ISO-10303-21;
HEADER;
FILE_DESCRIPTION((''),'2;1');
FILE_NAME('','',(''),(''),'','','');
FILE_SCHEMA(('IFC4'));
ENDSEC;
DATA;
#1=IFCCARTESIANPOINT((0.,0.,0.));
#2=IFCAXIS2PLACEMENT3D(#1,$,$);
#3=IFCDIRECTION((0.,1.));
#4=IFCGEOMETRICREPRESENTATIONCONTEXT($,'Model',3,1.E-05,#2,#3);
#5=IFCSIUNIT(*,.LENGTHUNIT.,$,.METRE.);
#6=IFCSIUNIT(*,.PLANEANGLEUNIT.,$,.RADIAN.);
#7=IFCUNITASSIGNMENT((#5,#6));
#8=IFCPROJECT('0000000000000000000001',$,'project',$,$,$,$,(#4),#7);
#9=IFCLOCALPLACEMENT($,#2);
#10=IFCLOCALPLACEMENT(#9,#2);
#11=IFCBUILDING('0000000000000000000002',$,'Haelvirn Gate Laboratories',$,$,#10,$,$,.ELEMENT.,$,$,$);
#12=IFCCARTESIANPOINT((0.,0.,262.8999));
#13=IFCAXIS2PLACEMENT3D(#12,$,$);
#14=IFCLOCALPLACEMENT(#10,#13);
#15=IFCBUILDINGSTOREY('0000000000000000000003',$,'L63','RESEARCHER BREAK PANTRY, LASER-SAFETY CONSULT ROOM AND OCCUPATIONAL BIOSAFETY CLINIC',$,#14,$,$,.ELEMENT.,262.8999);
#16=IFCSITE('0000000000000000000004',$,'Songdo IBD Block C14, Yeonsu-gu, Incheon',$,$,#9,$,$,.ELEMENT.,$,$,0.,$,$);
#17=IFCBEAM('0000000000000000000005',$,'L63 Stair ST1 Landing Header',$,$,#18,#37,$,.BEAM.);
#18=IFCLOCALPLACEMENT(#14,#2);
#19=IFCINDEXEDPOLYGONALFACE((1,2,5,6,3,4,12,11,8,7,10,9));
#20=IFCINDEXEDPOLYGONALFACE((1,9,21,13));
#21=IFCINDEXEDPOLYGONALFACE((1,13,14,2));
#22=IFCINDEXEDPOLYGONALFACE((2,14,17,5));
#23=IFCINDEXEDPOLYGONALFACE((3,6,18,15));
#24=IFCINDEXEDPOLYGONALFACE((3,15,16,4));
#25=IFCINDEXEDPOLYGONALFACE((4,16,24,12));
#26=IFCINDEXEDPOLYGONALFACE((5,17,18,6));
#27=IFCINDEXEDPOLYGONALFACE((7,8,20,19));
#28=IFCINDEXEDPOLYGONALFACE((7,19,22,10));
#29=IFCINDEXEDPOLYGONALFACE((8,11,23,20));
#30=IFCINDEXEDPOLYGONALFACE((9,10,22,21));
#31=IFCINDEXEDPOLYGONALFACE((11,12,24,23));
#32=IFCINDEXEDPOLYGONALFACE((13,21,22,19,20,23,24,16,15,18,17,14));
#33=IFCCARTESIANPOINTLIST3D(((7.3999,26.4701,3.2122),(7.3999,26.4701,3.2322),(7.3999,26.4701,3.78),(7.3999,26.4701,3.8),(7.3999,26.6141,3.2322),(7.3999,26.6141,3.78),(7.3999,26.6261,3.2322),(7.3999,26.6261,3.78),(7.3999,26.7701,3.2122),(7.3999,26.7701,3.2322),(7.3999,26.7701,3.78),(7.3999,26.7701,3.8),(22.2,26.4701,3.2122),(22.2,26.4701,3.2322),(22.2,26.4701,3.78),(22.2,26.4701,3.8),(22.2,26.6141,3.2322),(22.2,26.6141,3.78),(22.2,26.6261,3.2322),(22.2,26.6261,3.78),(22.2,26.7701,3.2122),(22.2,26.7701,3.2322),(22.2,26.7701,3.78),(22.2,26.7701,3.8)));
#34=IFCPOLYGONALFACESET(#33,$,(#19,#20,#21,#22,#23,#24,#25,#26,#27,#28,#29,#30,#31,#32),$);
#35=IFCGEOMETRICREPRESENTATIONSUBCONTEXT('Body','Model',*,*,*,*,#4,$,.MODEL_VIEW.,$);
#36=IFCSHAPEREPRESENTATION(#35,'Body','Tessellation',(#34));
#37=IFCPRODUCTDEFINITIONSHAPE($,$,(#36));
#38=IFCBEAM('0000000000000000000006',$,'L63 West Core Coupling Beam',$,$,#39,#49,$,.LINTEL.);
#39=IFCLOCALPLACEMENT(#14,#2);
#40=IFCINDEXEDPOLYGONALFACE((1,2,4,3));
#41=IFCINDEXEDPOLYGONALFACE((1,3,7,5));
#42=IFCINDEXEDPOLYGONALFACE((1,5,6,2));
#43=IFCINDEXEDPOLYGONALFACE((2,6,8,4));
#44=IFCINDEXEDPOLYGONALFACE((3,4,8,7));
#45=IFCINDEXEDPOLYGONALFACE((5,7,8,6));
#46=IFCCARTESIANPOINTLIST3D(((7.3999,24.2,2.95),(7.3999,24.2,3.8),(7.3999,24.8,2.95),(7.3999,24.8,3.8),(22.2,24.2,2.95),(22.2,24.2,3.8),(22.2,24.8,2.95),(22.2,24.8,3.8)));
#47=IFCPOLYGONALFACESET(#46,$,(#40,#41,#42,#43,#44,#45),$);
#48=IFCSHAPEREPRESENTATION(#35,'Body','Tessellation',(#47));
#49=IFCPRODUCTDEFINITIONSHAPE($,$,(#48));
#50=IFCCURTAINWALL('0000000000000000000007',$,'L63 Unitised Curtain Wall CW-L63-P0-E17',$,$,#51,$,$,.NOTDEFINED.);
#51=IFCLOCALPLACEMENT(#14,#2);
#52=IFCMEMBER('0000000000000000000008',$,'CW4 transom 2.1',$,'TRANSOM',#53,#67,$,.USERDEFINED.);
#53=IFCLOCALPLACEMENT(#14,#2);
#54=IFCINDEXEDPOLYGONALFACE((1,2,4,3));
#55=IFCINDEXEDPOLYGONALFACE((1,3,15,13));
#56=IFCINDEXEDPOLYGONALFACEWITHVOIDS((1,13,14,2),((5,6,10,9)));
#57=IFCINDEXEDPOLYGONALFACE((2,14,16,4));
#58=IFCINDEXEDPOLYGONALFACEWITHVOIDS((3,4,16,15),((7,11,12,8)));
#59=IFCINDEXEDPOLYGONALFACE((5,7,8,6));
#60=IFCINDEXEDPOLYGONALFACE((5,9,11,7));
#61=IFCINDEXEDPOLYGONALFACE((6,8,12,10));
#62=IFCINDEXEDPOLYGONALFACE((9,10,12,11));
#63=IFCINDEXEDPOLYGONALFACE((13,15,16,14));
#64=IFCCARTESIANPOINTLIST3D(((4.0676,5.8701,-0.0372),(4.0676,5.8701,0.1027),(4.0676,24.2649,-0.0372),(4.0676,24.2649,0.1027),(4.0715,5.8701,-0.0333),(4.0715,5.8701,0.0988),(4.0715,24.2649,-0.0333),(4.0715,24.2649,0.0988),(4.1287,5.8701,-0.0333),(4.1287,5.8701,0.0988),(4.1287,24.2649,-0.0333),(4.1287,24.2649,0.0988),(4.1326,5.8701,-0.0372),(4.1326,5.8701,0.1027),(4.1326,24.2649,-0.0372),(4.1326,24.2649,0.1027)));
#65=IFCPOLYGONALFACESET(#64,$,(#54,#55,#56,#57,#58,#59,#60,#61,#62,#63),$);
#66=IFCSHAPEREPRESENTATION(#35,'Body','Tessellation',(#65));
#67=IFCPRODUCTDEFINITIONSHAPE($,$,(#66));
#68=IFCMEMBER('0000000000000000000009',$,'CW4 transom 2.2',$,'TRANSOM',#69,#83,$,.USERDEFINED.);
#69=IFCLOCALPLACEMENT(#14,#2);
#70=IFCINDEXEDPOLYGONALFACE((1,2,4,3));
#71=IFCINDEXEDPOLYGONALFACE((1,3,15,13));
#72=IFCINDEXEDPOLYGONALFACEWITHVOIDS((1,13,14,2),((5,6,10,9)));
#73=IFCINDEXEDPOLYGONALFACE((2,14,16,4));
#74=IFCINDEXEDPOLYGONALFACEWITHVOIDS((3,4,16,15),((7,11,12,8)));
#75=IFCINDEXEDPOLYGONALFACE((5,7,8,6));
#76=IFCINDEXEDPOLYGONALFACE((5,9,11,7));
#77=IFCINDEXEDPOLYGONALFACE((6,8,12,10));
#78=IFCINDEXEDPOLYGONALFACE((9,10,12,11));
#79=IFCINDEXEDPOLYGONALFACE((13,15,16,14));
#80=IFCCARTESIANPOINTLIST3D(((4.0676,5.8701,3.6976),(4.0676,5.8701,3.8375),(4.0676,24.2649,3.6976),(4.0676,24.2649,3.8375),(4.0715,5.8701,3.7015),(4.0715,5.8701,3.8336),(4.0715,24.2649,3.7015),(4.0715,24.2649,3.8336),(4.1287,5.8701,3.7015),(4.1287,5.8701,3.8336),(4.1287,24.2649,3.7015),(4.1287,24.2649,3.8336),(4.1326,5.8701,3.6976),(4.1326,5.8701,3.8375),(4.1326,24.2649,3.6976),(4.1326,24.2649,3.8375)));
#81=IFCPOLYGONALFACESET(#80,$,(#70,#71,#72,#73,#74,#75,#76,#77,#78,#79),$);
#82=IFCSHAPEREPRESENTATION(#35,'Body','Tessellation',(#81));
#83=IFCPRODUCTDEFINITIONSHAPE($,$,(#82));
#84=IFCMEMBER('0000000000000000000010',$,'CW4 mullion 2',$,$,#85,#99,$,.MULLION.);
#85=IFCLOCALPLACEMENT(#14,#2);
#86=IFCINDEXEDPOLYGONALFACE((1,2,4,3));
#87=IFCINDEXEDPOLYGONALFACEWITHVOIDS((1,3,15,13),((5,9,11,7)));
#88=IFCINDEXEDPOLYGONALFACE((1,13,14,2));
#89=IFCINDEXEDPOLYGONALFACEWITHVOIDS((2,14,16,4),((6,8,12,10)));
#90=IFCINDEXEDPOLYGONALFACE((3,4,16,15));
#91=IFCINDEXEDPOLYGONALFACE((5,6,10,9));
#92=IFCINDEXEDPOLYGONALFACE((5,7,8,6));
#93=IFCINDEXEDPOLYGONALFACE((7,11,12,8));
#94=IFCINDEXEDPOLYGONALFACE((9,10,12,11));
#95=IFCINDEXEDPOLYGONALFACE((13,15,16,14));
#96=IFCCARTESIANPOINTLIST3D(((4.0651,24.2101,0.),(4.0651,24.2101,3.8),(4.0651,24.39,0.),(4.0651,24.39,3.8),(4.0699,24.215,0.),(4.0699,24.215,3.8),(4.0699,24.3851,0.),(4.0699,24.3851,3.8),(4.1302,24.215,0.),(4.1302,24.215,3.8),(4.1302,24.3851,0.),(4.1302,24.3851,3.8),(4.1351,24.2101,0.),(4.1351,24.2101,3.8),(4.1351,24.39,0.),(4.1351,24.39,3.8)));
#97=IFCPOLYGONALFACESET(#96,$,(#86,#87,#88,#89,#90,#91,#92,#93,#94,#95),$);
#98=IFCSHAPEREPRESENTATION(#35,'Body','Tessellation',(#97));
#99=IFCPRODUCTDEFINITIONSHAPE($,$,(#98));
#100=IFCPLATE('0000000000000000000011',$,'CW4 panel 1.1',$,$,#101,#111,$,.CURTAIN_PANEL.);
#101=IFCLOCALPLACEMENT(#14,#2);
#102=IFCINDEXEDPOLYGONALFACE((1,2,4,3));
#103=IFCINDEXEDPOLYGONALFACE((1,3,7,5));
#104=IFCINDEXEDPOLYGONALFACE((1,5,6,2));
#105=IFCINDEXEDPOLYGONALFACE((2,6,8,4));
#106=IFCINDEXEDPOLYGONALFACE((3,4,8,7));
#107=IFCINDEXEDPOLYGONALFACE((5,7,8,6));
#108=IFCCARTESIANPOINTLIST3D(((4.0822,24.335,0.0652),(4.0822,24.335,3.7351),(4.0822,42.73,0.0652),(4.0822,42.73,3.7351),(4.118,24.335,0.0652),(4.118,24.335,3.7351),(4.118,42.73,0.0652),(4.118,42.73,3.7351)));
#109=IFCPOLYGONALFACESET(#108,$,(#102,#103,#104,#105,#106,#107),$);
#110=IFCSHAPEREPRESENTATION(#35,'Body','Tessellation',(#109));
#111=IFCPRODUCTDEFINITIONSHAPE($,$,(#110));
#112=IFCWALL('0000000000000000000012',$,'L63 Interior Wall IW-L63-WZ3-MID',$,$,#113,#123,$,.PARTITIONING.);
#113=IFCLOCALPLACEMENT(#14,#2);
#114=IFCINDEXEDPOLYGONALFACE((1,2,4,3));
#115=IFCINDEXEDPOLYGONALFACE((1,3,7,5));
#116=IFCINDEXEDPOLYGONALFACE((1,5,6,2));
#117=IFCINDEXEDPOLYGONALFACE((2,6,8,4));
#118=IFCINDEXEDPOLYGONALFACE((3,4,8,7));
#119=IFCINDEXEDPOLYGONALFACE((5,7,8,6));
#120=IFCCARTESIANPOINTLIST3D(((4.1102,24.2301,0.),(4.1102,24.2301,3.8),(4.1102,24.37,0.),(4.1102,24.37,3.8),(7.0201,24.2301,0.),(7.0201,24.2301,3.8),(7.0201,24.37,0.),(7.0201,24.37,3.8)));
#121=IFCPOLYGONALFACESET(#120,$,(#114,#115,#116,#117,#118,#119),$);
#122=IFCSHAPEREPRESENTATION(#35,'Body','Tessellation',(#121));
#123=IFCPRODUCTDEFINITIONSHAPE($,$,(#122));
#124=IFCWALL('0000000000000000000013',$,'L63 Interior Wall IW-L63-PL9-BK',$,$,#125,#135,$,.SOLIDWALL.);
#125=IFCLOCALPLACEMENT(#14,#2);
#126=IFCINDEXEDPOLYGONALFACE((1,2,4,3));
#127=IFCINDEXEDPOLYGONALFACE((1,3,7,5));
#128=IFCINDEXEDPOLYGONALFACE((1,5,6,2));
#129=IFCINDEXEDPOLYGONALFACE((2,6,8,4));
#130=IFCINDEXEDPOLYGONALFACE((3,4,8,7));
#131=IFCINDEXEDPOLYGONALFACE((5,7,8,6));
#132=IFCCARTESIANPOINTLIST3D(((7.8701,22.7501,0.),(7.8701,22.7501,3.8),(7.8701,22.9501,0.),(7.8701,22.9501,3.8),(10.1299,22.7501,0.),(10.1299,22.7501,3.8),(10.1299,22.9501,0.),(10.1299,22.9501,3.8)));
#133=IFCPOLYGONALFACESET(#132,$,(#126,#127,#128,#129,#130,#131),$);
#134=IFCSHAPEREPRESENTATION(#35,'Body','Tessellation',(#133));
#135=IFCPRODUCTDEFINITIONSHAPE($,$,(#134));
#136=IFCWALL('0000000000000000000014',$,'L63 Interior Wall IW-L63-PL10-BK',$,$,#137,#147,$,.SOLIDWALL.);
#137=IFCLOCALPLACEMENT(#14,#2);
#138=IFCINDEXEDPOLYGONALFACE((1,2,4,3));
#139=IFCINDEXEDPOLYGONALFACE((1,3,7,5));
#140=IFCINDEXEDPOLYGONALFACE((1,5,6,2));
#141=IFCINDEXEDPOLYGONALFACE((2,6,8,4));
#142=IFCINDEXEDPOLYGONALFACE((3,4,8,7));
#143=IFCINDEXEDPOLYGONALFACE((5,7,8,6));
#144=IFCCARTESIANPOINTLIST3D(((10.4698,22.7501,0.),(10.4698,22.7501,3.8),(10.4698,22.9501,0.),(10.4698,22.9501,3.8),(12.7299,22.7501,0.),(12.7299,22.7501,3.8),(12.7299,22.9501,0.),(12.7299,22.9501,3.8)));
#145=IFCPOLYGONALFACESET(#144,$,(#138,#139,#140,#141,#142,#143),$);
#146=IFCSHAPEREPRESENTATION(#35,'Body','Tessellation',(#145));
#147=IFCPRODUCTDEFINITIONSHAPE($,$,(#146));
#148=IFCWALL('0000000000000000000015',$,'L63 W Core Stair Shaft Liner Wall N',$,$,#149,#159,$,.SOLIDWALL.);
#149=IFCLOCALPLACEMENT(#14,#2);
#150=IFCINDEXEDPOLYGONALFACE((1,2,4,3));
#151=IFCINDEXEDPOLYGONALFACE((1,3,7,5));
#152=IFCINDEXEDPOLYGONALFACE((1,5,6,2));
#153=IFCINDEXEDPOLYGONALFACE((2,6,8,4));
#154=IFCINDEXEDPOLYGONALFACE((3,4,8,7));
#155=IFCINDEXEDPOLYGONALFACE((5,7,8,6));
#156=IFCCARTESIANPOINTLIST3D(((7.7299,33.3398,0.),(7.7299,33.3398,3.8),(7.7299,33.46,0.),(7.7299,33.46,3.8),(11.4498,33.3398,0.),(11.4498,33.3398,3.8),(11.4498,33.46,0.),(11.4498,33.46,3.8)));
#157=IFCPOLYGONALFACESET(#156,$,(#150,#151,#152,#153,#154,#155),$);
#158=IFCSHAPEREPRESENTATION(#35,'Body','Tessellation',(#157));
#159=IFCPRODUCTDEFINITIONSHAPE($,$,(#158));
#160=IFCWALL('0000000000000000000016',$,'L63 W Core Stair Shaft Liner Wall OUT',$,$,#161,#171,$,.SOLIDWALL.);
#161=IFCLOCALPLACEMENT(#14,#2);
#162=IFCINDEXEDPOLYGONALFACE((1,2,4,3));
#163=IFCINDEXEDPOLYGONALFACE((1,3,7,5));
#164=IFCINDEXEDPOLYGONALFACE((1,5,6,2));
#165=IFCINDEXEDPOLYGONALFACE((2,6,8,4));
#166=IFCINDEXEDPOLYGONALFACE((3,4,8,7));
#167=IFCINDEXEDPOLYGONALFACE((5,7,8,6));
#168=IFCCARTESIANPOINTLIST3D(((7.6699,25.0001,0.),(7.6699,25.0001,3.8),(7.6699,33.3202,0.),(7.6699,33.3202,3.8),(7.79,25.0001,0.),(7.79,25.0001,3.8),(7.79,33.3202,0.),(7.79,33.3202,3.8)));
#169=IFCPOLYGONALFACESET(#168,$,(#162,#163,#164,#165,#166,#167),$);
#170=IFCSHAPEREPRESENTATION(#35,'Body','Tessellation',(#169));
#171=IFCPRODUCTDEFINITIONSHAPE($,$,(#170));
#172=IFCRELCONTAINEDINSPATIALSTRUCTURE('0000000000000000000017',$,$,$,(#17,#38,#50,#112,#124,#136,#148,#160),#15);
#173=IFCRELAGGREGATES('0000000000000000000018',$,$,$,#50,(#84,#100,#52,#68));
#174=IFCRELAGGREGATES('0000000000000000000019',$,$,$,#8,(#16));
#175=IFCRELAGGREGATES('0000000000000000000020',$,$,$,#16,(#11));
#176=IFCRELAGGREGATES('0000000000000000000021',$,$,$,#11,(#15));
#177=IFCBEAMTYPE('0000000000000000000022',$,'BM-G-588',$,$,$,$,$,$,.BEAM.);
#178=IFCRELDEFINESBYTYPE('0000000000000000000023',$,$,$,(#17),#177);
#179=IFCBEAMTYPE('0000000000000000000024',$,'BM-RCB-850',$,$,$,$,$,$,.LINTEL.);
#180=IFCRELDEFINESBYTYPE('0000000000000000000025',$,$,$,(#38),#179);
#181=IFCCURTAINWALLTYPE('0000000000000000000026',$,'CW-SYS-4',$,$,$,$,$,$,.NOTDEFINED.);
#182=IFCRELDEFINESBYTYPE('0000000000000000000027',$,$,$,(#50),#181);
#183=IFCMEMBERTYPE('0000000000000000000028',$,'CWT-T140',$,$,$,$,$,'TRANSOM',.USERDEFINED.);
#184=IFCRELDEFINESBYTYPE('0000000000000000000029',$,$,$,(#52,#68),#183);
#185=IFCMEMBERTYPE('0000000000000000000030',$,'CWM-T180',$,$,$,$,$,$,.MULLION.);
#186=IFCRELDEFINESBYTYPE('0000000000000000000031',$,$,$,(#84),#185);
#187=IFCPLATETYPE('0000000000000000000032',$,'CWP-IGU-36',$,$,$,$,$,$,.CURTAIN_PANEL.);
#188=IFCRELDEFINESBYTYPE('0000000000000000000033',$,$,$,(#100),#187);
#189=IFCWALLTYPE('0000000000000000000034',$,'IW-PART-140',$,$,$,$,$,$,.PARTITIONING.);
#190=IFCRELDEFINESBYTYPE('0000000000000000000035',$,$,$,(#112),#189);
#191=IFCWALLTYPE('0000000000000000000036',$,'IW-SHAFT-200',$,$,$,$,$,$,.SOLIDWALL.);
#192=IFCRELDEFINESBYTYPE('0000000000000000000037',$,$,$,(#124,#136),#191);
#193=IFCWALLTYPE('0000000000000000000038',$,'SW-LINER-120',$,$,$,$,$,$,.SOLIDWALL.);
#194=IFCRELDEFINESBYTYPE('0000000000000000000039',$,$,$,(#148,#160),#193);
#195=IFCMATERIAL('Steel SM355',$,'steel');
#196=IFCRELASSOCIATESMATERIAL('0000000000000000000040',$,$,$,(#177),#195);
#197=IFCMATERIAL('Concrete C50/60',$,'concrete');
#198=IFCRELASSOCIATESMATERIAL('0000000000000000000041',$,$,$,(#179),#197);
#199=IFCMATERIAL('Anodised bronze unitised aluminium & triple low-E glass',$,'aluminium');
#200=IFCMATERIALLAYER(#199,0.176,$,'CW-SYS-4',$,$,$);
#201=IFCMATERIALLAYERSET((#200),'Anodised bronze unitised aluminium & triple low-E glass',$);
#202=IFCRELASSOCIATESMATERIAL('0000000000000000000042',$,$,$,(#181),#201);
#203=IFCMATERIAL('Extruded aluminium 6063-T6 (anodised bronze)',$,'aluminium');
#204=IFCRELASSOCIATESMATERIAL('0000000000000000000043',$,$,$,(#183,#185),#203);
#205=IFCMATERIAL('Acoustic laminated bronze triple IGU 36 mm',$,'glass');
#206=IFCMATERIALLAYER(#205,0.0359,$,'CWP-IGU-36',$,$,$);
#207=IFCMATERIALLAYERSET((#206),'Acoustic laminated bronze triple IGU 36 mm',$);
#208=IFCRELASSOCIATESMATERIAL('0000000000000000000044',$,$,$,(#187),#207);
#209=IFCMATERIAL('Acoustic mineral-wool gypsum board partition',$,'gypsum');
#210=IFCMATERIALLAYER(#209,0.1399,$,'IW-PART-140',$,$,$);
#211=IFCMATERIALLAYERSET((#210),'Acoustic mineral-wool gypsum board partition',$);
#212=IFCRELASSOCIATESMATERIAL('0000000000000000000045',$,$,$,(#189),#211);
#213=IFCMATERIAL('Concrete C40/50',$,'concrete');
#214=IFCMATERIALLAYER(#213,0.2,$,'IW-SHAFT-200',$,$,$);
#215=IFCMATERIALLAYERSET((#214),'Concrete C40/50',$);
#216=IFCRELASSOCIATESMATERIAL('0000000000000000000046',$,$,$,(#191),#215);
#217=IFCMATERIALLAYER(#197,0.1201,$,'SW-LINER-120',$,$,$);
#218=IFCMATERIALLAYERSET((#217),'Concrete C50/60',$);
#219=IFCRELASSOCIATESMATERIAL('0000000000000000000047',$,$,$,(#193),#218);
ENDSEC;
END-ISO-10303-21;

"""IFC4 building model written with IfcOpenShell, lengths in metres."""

from ifc_helpers import new_model, si_unit, direction, frame, frame_2d, origin, origin_2d, place, context, subcontext, project, spatial, rectangle, hollow_rectangle, i_section, extrude, source, transform, mapped, material, layer, layer_set, material_profile, profile_set, type_object, type_shapes, element, aggregate, save


model = new_model("IFC4")

# Units and contexts
model_context = context("Model", 3, precision=1e-05, world=origin(), true_north=direction((0.0, 1.0)))
body_context = subcontext(model_context, "Body", "Model", "MODEL_VIEW")
ifc_project = project(units=[si_unit("LENGTHUNIT", "METRE"), si_unit("PLANEANGLEUNIT", "RADIAN")], contexts=[model_context])

# Site, building, storey
site_placement = place(None, origin())
site = spatial("IfcSite", under=ifc_project, at=site_placement, Name="Songdo IBD Block C14, Yeonsu-gu, Incheon", CompositionType="ELEMENT", RefElevation=0.0)
building_placement = place(site_placement, origin())
building = spatial("IfcBuilding", under=site, at=building_placement, Name="Haelvirn Gate Laboratories", CompositionType="ELEMENT")
storey_placement = place(building_placement, frame((0.0, 0.0, 262.8999)))
storey = spatial("IfcBuildingStorey", under=building, at=storey_placement, Name="L63", Description="RESEARCHER BREAK PANTRY, LASER-SAFETY CONSULT ROOM AND OCCUPATIONAL BIOSAFETY CLINIC", CompositionType="ELEMENT", Elevation=262.8999)

# Beams
ifc_material_1 = material(Name="Steel SM355", Category="steel")
ifc_material_profile_1 = material_profile(ifc_material_1, i_section(OverallWidth=0.3, OverallDepth=0.5879, WebThickness=0.012, FlangeThickness=0.02, at=origin_2d()), Name="H-588x300x12x20")
ifc_profile_set_1 = profile_set([ifc_material_profile_1], Name="Steel SM355")
beam_type_1 = type_object("IfcBeamType", Name="BM-G-588", PredefinedType="BEAM", material=ifc_profile_set_1)
shared_shape_1 = source(origin(), body_context, "Body", "SweptSolid", [
    extrude(i_section(OverallWidth=0.3, OverallDepth=0.5879, WebThickness=0.012, FlangeThickness=0.02, at=origin_2d()), origin(), (0.0, 0.0, 1.0), 14.8),
])
type_shapes(beam_type_1, [shared_shape_1])
beam_1_placement = place(storey_placement, frame((7.3999, 26.6201, 3.5061), z_axis=(1.0, 0.0, 0.0), x_axis=(0.0, 1.0, 0.0)))
element("IfcBeam", 1, at=beam_1_placement, inside=storey, type_object=beam_type_1, Name="L63 Stair ST1 Landing Header", PredefinedType="BEAM", context=body_context, shape_type="MappedRepresentation", body=[
    mapped(shared_shape_1, transform((0.0, 0.0, 0.0), scale=1.0)),
])
ifc_material_2 = material(Name="Concrete C50/60", Category="concrete")
ifc_material_profile_2 = material_profile(ifc_material_2, rectangle(XDim=0.6001, YDim=0.8501, at=origin_2d()), Name="RCB-600x850")
ifc_profile_set_2 = profile_set([ifc_material_profile_2], Name="Concrete C50/60")
beam_type_2 = type_object("IfcBeamType", Name="BM-RCB-850", PredefinedType="LINTEL", material=ifc_profile_set_2)
shared_shape_2 = source(origin(), body_context, "Body", "SweptSolid", [
    extrude(rectangle(XDim=0.6001, YDim=0.8501, at=origin_2d()), origin(), (0.0, 0.0, 1.0), 14.8),
])
type_shapes(beam_type_2, [shared_shape_2])
beam_2_placement = place(storey_placement, frame((7.3999, 24.5, 3.375), z_axis=(1.0, 0.0, 0.0), x_axis=(0.0, 1.0, 0.0)))
element("IfcBeam", 2, at=beam_2_placement, inside=storey, type_object=beam_type_2, Name="L63 West Core Coupling Beam", PredefinedType="LINTEL", context=body_context, shape_type="MappedRepresentation", body=[
    mapped(shared_shape_2, transform((0.0, 0.0, 0.0), scale=1.0)),
])

# Curtain wall, members, plate
ifc_material_3 = material(Name="Anodised bronze unitised aluminium & triple low-E glass", Category="aluminium")
ifc_layer_1 = layer(ifc_material_3, 0.176, Name="CW-SYS-4")
ifc_layer_set_1 = layer_set([ifc_layer_1], Name="Anodised bronze unitised aluminium & triple low-E glass")
curtain_wall_type = type_object("IfcCurtainWallType", Name="CW-SYS-4", PredefinedType="NOTDEFINED", material=ifc_layer_set_1)
curtain_wall_placement = place(storey_placement, origin())
curtain_wall = element("IfcCurtainWall", 3, at=curtain_wall_placement, inside=storey, type_object=curtain_wall_type, Name="L63 Unitised Curtain Wall CW-L63-P0-E17", PredefinedType="NOTDEFINED")
ifc_material_4 = material(Name="Extruded aluminium 6063-T6 (anodised bronze)", Category="aluminium")
ifc_material_profile_3 = material_profile(ifc_material_4, hollow_rectangle(XDim=0.0649, YDim=0.1399, WallThickness=0.0039, at=origin_2d()), Name="CWT-140x65x4")
ifc_profile_set_3 = profile_set([ifc_material_profile_3], Name="Extruded aluminium 6063-T6 (anodised bronze)")
member_type_1 = type_object("IfcMemberType", Name="CWT-T140", ElementType="TRANSOM", PredefinedType="USERDEFINED", material=ifc_profile_set_3)
shared_shape_3 = source(origin(), body_context, "Body", "SweptSolid", [
    extrude(hollow_rectangle(XDim=0.0649, YDim=0.1399, WallThickness=0.0039, at=origin_2d()), origin(), (0.0, 0.0, 1.0), 18.3948),
])
type_shapes(member_type_1, [shared_shape_3])
member_1_placement = place(storey_placement, frame((4.1001, 24.2649, 0.0327), z_axis=(0.0, -1.0, 0.0), x_axis=(1.0, 0.0, 0.0)))
member_1 = element("IfcMember", 4, at=member_1_placement, type_object=member_type_1, Name="CW4 transom 2.1", ObjectType="TRANSOM", PredefinedType="USERDEFINED", context=body_context, shape_type="MappedRepresentation", body=[
    mapped(shared_shape_3, transform((0.0, 0.0, 0.0), scale=1.0)),
])
member_2_placement = place(storey_placement, frame((4.1001, 24.2649, 3.7676), z_axis=(0.0, -1.0, 0.0), x_axis=(1.0, 0.0, 0.0)))
member_2 = element("IfcMember", 5, at=member_2_placement, type_object=member_type_1, Name="CW4 transom 2.2", ObjectType="TRANSOM", PredefinedType="USERDEFINED", context=body_context, shape_type="MappedRepresentation", body=[
    mapped(shared_shape_3, transform((0.0, 0.0, 0.0), scale=1.0)),
])
ifc_material_profile_4 = material_profile(ifc_material_4, hollow_rectangle(XDim=0.0701, YDim=0.1799, WallThickness=0.0049, at=origin_2d()), Name="CWM-180x70x5")
ifc_profile_set_4 = profile_set([ifc_material_profile_4], Name="Extruded aluminium 6063-T6 (anodised bronze)")
member_type_2 = type_object("IfcMemberType", Name="CWM-T180", PredefinedType="MULLION", material=ifc_profile_set_4)
shared_shape_4 = source(origin(), body_context, "Body", "SweptSolid", [
    extrude(hollow_rectangle(XDim=0.0701, YDim=0.1799, WallThickness=0.0049, at=origin_2d()), origin(), (0.0, 0.0, 1.0), 3.8),
])
type_shapes(member_type_2, [shared_shape_4])
member_3_placement = place(storey_placement, frame((4.1001, 24.3, 0.0), z_axis=(0.0, 0.0, 1.0), x_axis=(1.0, 0.0, 0.0)))
member_3 = element("IfcMember", 6, at=member_3_placement, type_object=member_type_2, Name="CW4 mullion 2", PredefinedType="MULLION", context=body_context, shape_type="MappedRepresentation", body=[
    mapped(shared_shape_4, transform((0.0, 0.0, 0.0), scale=1.0)),
])
ifc_material_5 = material(Name="Acoustic laminated bronze triple IGU 36 mm", Category="glass")
ifc_layer_2 = layer(ifc_material_5, 0.0359, Name="CWP-IGU-36")
ifc_layer_set_2 = layer_set([ifc_layer_2], Name="Acoustic laminated bronze triple IGU 36 mm")
plate_type = type_object("IfcPlateType", Name="CWP-IGU-36", PredefinedType="CURTAIN_PANEL", material=ifc_layer_set_2)
shared_shape_5 = source(origin(), body_context, "Body", "SweptSolid", [
    extrude(rectangle(XDim=18.395, YDim=0.0359, at=origin_2d()), origin(), (0.0, 0.0, 1.0), 3.6699),
])
type_shapes(plate_type, [shared_shape_5])
plate_placement = place(storey_placement, frame((4.1001, 33.5325, 0.0652), z_axis=(0.0, 0.0, 1.0), x_axis=(0.0, -1.0, 0.0)))
plate = element("IfcPlate", 7, at=plate_placement, type_object=plate_type, Name="CW4 panel 1.1", PredefinedType="CURTAIN_PANEL", context=body_context, shape_type="MappedRepresentation", body=[
    mapped(shared_shape_5, transform((0.0, 0.0, 0.0), scale=1.0)),
])
aggregate(curtain_wall, [member_3, plate, member_1, member_2])

# Walls
ifc_material_6 = material(Name="Acoustic mineral-wool gypsum board partition", Category="gypsum")
ifc_layer_3 = layer(ifc_material_6, 0.1399, Name="IW-PART-140")
ifc_layer_set_3 = layer_set([ifc_layer_3], Name="Acoustic mineral-wool gypsum board partition")
wall_type_1 = type_object("IfcWallType", Name="IW-PART-140", PredefinedType="PARTITIONING", material=ifc_layer_set_3)
wall_1_placement = place(storey_placement, frame((4.1101, 24.3, 0.0), z_axis=(0.0, 0.0, 1.0), x_axis=(1.0, 0.0, 0.0)))
element("IfcWall", 8, at=wall_1_placement, inside=storey, type_object=wall_type_1, Name="L63 Interior Wall IW-L63-WZ3-MID", PredefinedType="PARTITIONING", context=body_context, shape_type="SweptSolid", body=[
    extrude(rectangle(XDim=2.9099, YDim=0.1399, at=frame_2d((1.4551, 0.0))), origin(), (0.0, 0.0, 1.0), 3.8),
])
ifc_material_7 = material(Name="Concrete C40/50", Category="concrete")
ifc_layer_4 = layer(ifc_material_7, 0.2, Name="IW-SHAFT-200")
ifc_layer_set_4 = layer_set([ifc_layer_4], Name="Concrete C40/50")
wall_type_2 = type_object("IfcWallType", Name="IW-SHAFT-200", PredefinedType="SOLIDWALL", material=ifc_layer_set_4)
wall_2_placement = place(storey_placement, frame((7.8701, 22.8501, 0.0), z_axis=(0.0, 0.0, 1.0), x_axis=(1.0, 0.0, 0.0)))
element("IfcWall", 9, at=wall_2_placement, inside=storey, type_object=wall_type_2, Name="L63 Interior Wall IW-L63-PL9-BK", PredefinedType="SOLIDWALL", context=body_context, shape_type="SweptSolid", body=[
    extrude(rectangle(XDim=2.2598, YDim=0.2, at=frame_2d((1.1299, 0.0))), origin(), (0.0, 0.0, 1.0), 3.8),
])
wall_3_placement = place(storey_placement, frame((10.47, 22.8501, 0.0), z_axis=(0.0, 0.0, 1.0), x_axis=(1.0, 0.0, 0.0)))
element("IfcWall", 10, at=wall_3_placement, inside=storey, type_object=wall_type_2, Name="L63 Interior Wall IW-L63-PL10-BK", PredefinedType="SOLIDWALL", context=body_context, shape_type="SweptSolid", body=[
    extrude(rectangle(XDim=2.26, YDim=0.2, at=frame_2d((1.1299, 0.0))), origin(), (0.0, 0.0, 1.0), 3.8),
])
ifc_layer_5 = layer(ifc_material_2, 0.1201, Name="SW-LINER-120")
ifc_layer_set_5 = layer_set([ifc_layer_5], Name="Concrete C50/60")
wall_type_3 = type_object("IfcWallType", Name="SW-LINER-120", PredefinedType="SOLIDWALL", material=ifc_layer_set_5)
wall_4_placement = place(storey_placement, frame((7.73, 33.3999, 0.0), z_axis=(0.0, 0.0, 1.0), x_axis=(1.0, 0.0, 0.0)))
element("IfcWall", 11, at=wall_4_placement, inside=storey, type_object=wall_type_3, Name="L63 W Core Stair Shaft Liner Wall N", PredefinedType="SOLIDWALL", context=body_context, shape_type="SweptSolid", body=[
    extrude(rectangle(XDim=3.72, YDim=0.1201, at=frame_2d((1.8599, 0.0))), origin(), (0.0, 0.0, 1.0), 3.8),
])
wall_5_placement = place(storey_placement, frame((7.73, 25.0, 0.0), z_axis=(0.0, 0.0, 1.0), x_axis=(0.0, 1.0, 0.0)))
element("IfcWall", 12, at=wall_5_placement, inside=storey, type_object=wall_type_3, Name="L63 W Core Stair Shaft Liner Wall OUT", PredefinedType="SOLIDWALL", context=body_context, shape_type="SweptSolid", body=[
    extrude(rectangle(XDim=8.3201, YDim=0.1201, at=frame_2d((4.1602, 0.0))), origin(), (0.0, 0.0, 1.0), 3.8),
])

save(model, "model.ifc")
